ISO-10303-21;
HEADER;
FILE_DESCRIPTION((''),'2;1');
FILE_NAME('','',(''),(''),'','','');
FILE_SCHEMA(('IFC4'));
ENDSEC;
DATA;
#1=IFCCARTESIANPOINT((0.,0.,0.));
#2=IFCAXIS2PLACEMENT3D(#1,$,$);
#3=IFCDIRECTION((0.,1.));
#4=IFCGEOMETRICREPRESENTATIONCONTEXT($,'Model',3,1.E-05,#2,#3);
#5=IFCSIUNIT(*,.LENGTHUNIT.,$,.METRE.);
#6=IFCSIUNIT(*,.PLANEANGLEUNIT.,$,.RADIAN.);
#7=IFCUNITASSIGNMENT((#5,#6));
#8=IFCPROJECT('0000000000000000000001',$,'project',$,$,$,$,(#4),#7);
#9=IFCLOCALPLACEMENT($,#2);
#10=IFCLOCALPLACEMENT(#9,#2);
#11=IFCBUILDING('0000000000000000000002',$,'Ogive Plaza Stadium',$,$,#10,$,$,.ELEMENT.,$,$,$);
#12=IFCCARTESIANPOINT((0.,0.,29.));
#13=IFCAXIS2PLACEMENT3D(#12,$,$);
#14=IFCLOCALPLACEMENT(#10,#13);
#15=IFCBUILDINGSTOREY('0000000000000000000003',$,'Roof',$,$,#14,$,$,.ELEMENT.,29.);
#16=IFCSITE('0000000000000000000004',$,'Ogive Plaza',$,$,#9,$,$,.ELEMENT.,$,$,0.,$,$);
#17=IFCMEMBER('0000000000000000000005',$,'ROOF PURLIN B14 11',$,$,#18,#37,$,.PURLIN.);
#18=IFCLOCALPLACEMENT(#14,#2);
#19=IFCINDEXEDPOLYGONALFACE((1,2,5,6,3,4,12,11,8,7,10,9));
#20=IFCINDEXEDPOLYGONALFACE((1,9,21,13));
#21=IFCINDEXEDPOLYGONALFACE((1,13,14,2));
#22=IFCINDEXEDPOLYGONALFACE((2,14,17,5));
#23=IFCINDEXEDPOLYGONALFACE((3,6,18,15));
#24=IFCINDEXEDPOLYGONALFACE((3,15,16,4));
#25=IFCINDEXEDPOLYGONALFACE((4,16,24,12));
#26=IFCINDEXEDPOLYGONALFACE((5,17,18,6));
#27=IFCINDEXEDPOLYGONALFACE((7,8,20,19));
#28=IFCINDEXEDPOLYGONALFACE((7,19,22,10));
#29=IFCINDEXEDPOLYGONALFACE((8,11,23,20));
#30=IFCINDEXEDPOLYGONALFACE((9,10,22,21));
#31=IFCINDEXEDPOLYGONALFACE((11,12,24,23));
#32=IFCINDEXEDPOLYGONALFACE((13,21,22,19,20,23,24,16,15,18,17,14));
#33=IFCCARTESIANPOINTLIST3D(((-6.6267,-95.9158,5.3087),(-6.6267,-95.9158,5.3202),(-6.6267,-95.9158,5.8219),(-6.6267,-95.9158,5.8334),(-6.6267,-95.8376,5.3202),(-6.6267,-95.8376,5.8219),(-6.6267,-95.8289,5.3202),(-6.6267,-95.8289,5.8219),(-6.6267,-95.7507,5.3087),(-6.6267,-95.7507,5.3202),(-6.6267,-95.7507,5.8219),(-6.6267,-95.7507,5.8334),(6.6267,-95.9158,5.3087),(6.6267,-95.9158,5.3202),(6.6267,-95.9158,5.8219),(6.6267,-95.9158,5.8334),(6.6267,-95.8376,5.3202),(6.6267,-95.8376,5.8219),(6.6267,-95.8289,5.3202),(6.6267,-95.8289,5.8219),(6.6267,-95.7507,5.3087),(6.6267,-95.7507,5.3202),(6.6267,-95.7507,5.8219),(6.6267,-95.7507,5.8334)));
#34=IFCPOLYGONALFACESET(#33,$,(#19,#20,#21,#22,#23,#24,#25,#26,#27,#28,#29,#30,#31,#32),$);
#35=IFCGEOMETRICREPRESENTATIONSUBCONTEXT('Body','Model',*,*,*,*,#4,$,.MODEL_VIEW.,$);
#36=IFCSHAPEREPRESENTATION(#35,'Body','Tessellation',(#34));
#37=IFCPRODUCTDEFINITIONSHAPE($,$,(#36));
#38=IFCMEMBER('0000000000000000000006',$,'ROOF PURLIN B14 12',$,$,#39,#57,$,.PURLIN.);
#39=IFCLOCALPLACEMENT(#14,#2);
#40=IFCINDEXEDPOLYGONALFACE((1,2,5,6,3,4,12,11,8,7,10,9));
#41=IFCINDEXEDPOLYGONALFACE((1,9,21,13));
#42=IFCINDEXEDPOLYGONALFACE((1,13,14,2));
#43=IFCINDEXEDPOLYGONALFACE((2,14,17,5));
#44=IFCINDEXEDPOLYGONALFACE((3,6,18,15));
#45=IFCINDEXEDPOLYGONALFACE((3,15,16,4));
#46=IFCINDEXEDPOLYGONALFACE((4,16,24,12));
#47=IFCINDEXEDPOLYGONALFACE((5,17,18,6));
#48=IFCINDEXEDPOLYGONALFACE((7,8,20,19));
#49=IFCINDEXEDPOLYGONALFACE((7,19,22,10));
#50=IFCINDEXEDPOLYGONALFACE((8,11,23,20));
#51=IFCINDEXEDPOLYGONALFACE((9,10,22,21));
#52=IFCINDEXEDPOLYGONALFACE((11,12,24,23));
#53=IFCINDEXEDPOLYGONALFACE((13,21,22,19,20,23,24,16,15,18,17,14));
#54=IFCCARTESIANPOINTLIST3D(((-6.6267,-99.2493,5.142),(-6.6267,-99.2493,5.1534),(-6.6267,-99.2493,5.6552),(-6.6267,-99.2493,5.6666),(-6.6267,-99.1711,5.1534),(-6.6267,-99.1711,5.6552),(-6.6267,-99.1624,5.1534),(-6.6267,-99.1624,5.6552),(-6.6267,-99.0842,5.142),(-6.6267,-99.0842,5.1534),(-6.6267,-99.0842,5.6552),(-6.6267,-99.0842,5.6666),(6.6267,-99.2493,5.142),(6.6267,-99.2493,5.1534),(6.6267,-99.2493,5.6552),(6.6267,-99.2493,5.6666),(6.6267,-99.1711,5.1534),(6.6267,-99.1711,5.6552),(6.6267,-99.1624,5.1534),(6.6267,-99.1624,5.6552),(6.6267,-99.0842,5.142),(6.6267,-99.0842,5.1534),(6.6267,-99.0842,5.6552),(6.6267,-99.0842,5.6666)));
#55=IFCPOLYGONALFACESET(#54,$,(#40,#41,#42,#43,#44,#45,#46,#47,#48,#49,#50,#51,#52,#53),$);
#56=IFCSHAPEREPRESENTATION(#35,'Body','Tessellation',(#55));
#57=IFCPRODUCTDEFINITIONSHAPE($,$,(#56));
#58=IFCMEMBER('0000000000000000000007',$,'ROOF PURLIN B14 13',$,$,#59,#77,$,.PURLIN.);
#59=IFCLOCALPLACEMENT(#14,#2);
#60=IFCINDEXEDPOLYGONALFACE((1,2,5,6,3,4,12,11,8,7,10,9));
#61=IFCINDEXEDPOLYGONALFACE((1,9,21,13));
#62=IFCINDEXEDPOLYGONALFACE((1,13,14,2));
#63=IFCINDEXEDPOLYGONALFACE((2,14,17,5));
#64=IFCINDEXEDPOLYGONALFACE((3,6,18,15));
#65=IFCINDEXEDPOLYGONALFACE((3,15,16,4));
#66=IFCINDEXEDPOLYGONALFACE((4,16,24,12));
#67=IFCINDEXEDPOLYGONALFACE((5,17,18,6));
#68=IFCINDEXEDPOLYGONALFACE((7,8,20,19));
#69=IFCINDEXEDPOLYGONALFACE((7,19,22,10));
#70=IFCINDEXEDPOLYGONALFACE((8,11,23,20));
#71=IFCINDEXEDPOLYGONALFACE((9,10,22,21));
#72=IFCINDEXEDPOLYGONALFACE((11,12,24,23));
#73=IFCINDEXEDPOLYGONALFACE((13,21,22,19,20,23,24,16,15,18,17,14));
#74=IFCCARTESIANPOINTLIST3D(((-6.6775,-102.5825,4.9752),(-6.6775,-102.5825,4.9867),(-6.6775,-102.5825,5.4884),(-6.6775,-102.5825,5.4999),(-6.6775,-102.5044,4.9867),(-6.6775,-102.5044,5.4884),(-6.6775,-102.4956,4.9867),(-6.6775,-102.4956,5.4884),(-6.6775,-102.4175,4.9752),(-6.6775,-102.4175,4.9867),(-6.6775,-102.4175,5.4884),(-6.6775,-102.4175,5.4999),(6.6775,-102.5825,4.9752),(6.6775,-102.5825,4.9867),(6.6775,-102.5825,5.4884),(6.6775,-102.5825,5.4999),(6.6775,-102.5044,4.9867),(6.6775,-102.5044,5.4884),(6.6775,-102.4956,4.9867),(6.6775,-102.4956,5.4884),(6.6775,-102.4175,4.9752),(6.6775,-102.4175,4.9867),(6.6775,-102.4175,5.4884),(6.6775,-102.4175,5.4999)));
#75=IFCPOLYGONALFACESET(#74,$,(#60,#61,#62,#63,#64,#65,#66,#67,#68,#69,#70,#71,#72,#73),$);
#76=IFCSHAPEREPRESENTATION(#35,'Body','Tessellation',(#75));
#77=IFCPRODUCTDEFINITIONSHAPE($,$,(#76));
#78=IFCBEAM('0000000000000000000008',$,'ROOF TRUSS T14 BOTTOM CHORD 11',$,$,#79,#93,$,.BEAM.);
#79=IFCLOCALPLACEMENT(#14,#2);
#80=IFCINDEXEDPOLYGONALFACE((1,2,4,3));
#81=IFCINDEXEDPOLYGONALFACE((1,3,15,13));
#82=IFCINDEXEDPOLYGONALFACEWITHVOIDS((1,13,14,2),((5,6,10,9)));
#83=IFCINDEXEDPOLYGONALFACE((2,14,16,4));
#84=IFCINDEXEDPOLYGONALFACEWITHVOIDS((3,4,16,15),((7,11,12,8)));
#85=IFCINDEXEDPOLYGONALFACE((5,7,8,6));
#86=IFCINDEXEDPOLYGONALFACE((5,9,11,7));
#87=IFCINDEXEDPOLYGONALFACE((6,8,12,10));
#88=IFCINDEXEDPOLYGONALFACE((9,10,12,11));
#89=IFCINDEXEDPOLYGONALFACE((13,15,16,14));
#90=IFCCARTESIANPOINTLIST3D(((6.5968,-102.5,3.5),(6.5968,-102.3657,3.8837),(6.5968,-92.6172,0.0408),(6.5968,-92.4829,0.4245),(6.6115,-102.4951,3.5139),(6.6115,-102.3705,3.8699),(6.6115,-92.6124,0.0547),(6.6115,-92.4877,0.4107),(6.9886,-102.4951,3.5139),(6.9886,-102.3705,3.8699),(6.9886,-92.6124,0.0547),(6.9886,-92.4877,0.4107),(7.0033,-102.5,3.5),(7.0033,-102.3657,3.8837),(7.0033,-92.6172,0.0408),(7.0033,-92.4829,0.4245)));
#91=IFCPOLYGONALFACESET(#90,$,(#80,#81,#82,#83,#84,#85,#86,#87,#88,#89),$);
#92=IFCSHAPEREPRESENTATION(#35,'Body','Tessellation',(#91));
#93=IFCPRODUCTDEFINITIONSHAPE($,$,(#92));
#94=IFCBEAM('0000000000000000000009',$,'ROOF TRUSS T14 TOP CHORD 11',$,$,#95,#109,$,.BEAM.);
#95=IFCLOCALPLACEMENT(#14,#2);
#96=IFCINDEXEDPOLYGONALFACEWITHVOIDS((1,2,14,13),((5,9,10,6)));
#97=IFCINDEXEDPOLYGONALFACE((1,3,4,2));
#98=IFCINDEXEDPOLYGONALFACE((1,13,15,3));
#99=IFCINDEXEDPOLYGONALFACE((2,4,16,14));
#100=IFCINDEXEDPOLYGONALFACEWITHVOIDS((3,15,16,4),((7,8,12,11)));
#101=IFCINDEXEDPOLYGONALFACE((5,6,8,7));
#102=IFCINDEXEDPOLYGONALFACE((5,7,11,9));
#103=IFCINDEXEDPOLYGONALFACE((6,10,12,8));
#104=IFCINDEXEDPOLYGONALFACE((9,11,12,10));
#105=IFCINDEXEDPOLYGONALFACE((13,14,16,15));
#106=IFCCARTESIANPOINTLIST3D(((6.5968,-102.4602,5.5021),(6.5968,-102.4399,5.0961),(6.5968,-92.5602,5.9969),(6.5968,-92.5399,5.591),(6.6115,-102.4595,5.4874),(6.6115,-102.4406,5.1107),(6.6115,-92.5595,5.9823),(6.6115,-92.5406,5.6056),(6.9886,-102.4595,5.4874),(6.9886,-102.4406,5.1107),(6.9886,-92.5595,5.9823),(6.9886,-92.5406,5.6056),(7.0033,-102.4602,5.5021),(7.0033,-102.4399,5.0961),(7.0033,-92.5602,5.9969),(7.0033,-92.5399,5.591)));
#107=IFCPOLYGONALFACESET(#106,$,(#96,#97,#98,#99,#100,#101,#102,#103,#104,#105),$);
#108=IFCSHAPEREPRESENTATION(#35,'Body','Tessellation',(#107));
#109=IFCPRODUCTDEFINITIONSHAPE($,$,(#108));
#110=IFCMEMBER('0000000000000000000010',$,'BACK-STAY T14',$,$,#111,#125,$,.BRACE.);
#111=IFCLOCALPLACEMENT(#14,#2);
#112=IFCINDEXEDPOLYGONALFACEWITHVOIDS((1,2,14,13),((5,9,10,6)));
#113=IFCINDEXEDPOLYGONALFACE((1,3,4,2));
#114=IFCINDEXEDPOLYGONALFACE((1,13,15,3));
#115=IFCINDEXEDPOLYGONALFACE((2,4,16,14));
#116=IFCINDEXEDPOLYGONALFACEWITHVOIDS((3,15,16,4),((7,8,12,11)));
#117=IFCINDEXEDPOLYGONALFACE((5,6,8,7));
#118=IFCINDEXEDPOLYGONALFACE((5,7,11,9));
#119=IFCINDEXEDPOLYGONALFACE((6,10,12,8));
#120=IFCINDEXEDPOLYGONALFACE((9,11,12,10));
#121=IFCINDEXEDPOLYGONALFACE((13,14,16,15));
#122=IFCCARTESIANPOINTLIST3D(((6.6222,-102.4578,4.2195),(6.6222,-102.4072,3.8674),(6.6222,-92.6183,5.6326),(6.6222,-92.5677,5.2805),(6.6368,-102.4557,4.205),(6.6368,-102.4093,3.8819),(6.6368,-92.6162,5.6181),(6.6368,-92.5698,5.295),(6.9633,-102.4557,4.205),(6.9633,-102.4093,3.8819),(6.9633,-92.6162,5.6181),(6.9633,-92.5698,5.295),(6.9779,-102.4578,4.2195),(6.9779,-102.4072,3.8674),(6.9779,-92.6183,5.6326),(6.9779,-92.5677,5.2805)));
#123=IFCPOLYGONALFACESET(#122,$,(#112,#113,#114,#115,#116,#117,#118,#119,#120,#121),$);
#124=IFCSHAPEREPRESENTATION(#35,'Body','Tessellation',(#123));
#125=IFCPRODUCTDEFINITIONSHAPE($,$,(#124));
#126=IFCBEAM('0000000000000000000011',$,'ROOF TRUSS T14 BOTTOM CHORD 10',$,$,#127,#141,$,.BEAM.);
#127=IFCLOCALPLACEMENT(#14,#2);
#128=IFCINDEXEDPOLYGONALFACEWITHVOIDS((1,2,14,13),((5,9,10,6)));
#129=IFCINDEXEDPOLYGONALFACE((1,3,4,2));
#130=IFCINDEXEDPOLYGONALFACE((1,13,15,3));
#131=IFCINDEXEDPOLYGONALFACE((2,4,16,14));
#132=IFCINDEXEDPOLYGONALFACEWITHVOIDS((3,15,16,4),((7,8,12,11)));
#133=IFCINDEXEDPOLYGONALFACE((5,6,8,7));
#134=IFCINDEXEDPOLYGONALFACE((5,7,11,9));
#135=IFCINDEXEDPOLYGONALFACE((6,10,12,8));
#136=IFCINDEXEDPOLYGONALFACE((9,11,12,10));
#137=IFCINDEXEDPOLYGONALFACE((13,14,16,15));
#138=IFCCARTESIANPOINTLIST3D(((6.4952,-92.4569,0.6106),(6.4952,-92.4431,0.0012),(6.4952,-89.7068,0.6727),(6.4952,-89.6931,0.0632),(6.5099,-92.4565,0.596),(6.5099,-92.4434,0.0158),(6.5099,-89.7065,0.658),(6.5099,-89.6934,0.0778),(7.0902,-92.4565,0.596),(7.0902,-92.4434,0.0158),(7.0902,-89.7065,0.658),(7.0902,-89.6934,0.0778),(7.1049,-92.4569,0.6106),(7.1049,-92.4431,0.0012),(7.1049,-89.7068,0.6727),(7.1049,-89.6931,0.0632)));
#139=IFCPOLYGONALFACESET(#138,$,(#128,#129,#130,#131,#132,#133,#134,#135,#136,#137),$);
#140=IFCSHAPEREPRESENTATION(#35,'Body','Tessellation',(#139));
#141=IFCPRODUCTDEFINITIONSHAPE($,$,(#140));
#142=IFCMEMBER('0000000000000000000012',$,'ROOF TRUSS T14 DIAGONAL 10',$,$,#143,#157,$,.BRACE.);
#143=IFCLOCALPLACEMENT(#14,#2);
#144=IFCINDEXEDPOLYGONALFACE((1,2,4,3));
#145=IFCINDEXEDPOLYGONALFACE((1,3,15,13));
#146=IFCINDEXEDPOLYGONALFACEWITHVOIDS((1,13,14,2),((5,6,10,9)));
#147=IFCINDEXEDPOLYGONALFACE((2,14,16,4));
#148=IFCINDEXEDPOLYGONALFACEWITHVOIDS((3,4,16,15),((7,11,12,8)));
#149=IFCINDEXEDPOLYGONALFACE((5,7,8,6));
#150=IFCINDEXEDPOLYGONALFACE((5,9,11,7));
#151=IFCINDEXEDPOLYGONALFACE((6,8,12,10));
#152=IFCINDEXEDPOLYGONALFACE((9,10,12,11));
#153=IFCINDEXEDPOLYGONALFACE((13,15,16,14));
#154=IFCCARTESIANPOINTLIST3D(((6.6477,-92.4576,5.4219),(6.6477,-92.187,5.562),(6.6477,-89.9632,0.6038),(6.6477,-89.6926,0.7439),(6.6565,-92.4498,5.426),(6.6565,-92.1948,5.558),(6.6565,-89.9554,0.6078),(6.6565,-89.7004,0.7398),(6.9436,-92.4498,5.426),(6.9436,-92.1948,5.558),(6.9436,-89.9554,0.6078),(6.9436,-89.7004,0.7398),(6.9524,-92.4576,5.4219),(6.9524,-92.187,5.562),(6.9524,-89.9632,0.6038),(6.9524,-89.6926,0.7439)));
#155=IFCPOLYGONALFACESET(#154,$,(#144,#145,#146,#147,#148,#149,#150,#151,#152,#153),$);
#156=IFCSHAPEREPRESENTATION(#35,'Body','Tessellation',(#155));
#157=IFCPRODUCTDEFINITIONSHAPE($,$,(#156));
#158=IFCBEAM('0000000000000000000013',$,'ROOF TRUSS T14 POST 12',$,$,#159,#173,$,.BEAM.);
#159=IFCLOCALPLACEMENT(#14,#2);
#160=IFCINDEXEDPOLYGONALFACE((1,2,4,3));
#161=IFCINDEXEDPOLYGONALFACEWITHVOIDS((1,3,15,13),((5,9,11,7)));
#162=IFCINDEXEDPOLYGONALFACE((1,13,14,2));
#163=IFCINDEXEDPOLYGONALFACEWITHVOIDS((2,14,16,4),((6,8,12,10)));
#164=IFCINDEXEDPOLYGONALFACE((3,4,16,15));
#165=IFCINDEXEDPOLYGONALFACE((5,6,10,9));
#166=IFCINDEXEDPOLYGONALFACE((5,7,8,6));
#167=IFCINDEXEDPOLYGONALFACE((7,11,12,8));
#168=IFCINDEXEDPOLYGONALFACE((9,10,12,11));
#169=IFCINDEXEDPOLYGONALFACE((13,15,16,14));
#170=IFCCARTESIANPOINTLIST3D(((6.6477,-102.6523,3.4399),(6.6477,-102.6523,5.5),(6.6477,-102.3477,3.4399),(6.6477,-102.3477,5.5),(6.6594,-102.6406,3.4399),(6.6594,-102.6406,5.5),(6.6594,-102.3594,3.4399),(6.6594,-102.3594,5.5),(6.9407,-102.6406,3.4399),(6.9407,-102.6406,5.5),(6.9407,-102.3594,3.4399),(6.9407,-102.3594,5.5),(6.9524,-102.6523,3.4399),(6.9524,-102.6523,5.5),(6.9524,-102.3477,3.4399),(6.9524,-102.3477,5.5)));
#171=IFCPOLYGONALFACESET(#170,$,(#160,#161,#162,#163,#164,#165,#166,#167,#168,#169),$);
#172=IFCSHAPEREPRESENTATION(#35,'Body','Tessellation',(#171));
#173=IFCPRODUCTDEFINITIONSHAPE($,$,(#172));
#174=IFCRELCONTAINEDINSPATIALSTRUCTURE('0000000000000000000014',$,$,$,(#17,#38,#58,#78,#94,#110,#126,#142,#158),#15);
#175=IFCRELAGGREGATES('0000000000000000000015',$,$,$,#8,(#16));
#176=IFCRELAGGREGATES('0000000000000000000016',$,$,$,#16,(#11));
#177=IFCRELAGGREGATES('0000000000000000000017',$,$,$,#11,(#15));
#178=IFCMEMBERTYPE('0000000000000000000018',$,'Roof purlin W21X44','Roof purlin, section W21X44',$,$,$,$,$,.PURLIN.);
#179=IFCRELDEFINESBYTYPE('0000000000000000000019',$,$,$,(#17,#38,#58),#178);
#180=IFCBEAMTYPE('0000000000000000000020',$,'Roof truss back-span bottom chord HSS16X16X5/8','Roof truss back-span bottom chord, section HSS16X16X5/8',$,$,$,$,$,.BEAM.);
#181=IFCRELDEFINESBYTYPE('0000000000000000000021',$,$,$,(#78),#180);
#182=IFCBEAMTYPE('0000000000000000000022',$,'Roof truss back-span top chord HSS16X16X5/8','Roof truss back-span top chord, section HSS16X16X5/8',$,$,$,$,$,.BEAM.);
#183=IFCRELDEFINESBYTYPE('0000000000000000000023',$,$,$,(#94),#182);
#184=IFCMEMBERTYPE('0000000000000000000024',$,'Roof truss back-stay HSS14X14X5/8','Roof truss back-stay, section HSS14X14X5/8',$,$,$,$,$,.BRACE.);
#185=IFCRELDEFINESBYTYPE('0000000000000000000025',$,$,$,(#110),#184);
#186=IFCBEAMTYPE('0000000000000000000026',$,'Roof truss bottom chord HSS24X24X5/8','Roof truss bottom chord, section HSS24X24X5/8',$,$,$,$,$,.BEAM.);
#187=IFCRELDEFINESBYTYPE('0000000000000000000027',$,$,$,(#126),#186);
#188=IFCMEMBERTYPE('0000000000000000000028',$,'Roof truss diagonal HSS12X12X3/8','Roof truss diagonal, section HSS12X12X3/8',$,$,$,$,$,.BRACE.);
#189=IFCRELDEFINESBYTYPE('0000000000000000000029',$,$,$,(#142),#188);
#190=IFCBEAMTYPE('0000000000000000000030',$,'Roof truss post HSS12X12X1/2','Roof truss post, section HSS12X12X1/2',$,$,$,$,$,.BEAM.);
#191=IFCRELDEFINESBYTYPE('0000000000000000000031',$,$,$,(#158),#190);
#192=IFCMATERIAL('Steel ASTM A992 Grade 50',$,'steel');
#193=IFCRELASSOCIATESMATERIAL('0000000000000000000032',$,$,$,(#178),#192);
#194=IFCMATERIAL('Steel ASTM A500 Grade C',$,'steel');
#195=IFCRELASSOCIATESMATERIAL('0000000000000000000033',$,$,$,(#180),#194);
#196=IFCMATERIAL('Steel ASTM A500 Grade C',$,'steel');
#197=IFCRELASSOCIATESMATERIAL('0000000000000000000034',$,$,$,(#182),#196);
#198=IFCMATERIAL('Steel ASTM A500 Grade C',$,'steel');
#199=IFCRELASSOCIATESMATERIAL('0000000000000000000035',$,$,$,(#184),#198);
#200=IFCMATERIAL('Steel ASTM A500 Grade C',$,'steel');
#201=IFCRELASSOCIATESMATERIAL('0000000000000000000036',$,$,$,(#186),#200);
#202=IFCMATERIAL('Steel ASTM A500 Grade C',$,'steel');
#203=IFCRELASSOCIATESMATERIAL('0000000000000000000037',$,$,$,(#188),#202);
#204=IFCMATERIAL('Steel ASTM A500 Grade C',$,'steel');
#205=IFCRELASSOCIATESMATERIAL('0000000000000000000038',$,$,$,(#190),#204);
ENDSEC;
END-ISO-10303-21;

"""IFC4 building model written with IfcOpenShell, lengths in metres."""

from ifc_helpers import new_model, si_unit, direction, frame, origin, origin_2d, place, context, subcontext, project, spatial, hollow_rectangle, i_section, extrude, material, material_profile, profile_set, type_object, element, save


model = new_model("IFC4")

# Units and contexts
model_context = context("Model", 3, precision=1e-05, world=origin(), true_north=direction((0.0, 1.0)))
body_context = subcontext(model_context, "Body", "Model", "MODEL_VIEW")
ifc_project = project(units=[si_unit("LENGTHUNIT", "METRE"), si_unit("PLANEANGLEUNIT", "RADIAN")], contexts=[model_context])

# Site, building, storey
site_placement = place(None, origin())
site = spatial("IfcSite", under=ifc_project, at=site_placement, Name="Ogive Plaza", CompositionType="ELEMENT", RefElevation=0.0)
building_placement = place(site_placement, origin())
building = spatial("IfcBuilding", under=site, at=building_placement, Name="Ogive Plaza Stadium", CompositionType="ELEMENT")
storey_placement = place(building_placement, frame((0.0, 0.0, 29.0)))
storey = spatial("IfcBuildingStorey", under=building, at=storey_placement, Name="Roof", CompositionType="ELEMENT", Elevation=29.0)

# Members
ifc_material_1 = material(Name="Steel ASTM A992 Grade 50", Category="steel")
ifc_material_profile_1 = material_profile(ifc_material_1, i_section(OverallWidth=0.165, OverallDepth=0.5247, WebThickness=0.0088, FlangeThickness=0.0115, at=origin_2d()), Name="W21X44")
ifc_profile_set_1 = profile_set([ifc_material_profile_1], Name="Steel ASTM A992 Grade 50")
member_type_1 = type_object("IfcMemberType", Name="Roof purlin W21X44", Description="Roof purlin, section W21X44", PredefinedType="PURLIN", material=ifc_profile_set_1)
for number, where, z_axis, x_axis, name in (
    (1, (6.6267, -95.8333, 5.571), (-1.0, 0.0, 0.0), (0.0, -1.0, 0.0), "ROOF PURLIN B14 11"),
    (2, (6.6267, -99.1667, 5.4043), (-1.0, 0.0, 0.0), (0.0, -1.0, 0.0), "ROOF PURLIN B14 12"),
):
    element("IfcMember", number, at=place(storey_placement, frame(where, z_axis=z_axis, x_axis=x_axis)), inside=storey, type_object=member_type_1, Name=name, PredefinedType="PURLIN", context=body_context, shape_type="SweptSolid", body=[
        extrude(i_section(OverallWidth=0.165, OverallDepth=0.5247, WebThickness=0.0088, FlangeThickness=0.0115, at=origin_2d()), origin(), (0.0, 0.0, 1.0), 13.2534),
    ])
member_1_placement = place(storey_placement, frame((6.6775, -102.5, 5.2375), z_axis=(-1.0, 0.0, 0.0), x_axis=(0.0, -1.0, 0.0)))
element("IfcMember", 3, at=member_1_placement, inside=storey, type_object=member_type_1, Name="ROOF PURLIN B14 13", PredefinedType="PURLIN", context=body_context, shape_type="SweptSolid", body=[
    extrude(i_section(OverallWidth=0.165, OverallDepth=0.5247, WebThickness=0.0088, FlangeThickness=0.0115, at=origin_2d()), origin(), (0.0, 0.0, 1.0), 13.355),
])

# Beams
ifc_material_2 = material(Name="Steel ASTM A500 Grade C", Category="steel")
ifc_material_profile_2 = material_profile(ifc_material_2, hollow_rectangle(XDim=0.4065, YDim=0.4065, WallThickness=0.0146, at=origin_2d()), Name="HSS16X16X5/8")
ifc_profile_set_2 = profile_set([ifc_material_profile_2], Name="Steel ASTM A500 Grade C")
beam_type_1 = type_object("IfcBeamType", Name="Roof truss back-span bottom chord HSS16X16X5/8", Description="Roof truss back-span bottom chord, section HSS16X16X5/8", PredefinedType="BEAM", material=ifc_profile_set_2)
beam_1_placement = place(storey_placement, frame((6.8, -92.55, 0.2327), z_axis=(0.0, -0.943851, 0.330371), x_axis=(1.0, 0.0, 0.0)))
element("IfcBeam", 4, at=beam_1_placement, inside=storey, type_object=beam_type_1, Name="ROOF TRUSS T14 BOTTOM CHORD 11", PredefinedType="BEAM", context=body_context, shape_type="SweptSolid", body=[
    extrude(hollow_rectangle(XDim=0.4065, YDim=0.4065, WallThickness=0.0146, at=origin_2d()), origin(), (0.0, 0.0, 1.0), 10.4707),
])
ifc_material_3 = material(Name="Steel ASTM A500 Grade C", Category="steel")
ifc_material_profile_3 = material_profile(ifc_material_3, hollow_rectangle(XDim=0.4065, YDim=0.4065, WallThickness=0.0146, at=origin_2d()), Name="HSS16X16X5/8")
ifc_profile_set_3 = profile_set([ifc_material_profile_3], Name="Steel ASTM A500 Grade C")
beam_type_2 = type_object("IfcBeamType", Name="Roof truss back-span top chord HSS16X16X5/8", Description="Roof truss back-span top chord, section HSS16X16X5/8", PredefinedType="BEAM", material=ifc_profile_set_3)
beam_2_placement = place(storey_placement, frame((6.8, -92.55, 5.7939), z_axis=(0.0, -0.998753, -0.049925), x_axis=(1.0, 0.0, 0.0)))
element("IfcBeam", 5, at=beam_2_placement, inside=storey, type_object=beam_type_2, Name="ROOF TRUSS T14 TOP CHORD 11", PredefinedType="BEAM", context=body_context, shape_type="SweptSolid", body=[
    extrude(hollow_rectangle(XDim=0.4065, YDim=0.4065, WallThickness=0.0146, at=origin_2d()), origin(), (0.0, 0.0, 1.0), 9.9124),
])

# Member
ifc_material_4 = material(Name="Steel ASTM A500 Grade C", Category="steel")
ifc_material_profile_4 = material_profile(ifc_material_4, hollow_rectangle(XDim=0.3557, YDim=0.3557, WallThickness=0.0146, at=origin_2d()), Name="HSS14X14X5/8")
ifc_profile_set_4 = profile_set([ifc_material_profile_4], Name="Steel ASTM A500 Grade C")
member_type_2 = type_object("IfcMemberType", Name="Roof truss back-stay HSS14X14X5/8", Description="Roof truss back-stay, section HSS14X14X5/8", PredefinedType="BRACE", material=ifc_profile_set_4)
member_2_placement = place(storey_placement, frame((6.8, -92.593, 5.4565), z_axis=(0.0, -0.989844, -0.142157), x_axis=(1.0, 0.0, 0.0)))
element("IfcMember", 6, at=member_2_placement, inside=storey, type_object=member_type_2, Name="BACK-STAY T14", PredefinedType="BRACE", context=body_context, shape_type="SweptSolid", body=[
    extrude(hollow_rectangle(XDim=0.3557, YDim=0.3557, WallThickness=0.0146, at=origin_2d()), origin(), (0.0, 0.0, 1.0), 9.9404),
])

# Beam
ifc_material_5 = material(Name="Steel ASTM A500 Grade C", Category="steel")
ifc_material_profile_5 = material_profile(ifc_material_5, hollow_rectangle(XDim=0.6096, YDim=0.6096, WallThickness=0.0146, at=origin_2d()), Name="HSS24X24X5/8")
ifc_profile_set_5 = profile_set([ifc_material_profile_5], Name="Steel ASTM A500 Grade C")
beam_type_3 = type_object("IfcBeamType", Name="Roof truss bottom chord HSS24X24X5/8", Description="Roof truss bottom chord, section HSS24X24X5/8", PredefinedType="BEAM", material=ifc_profile_set_5)
beam_3_placement = place(storey_placement, frame((6.8, -89.7, 0.3679), z_axis=(0.0, -0.999746, -0.022544), x_axis=(1.0, 0.0, 0.0)))
element("IfcBeam", 7, at=beam_3_placement, inside=storey, type_object=beam_type_3, Name="ROOF TRUSS T14 BOTTOM CHORD 10", PredefinedType="BEAM", context=body_context, shape_type="SweptSolid", body=[
    extrude(hollow_rectangle(XDim=0.6096, YDim=0.6096, WallThickness=0.0146, at=origin_2d()), origin(), (0.0, 0.0, 1.0), 2.7507),
])

# Member
ifc_material_6 = material(Name="Steel ASTM A500 Grade C", Category="steel")
ifc_material_profile_6 = material_profile(ifc_material_6, hollow_rectangle(XDim=0.3047, YDim=0.3047, WallThickness=0.0088, at=origin_2d()), Name="HSS12X12X3/8")
ifc_profile_set_6 = profile_set([ifc_material_profile_6], Name="Steel ASTM A500 Grade C")
member_type_3 = type_object("IfcMemberType", Name="Roof truss diagonal HSS12X12X3/8", Description="Roof truss diagonal, section HSS12X12X3/8", PredefinedType="BRACE", material=ifc_profile_set_6)
member_3_placement = place(storey_placement, frame((6.8, -89.8279, 0.6738), z_axis=(0.0, -0.459751, 0.888048), x_axis=(1.0, 0.0, 0.0)))
element("IfcMember", 8, at=member_3_placement, inside=storey, type_object=member_type_3, Name="ROOF TRUSS T14 DIAGONAL 10", PredefinedType="BRACE", context=body_context, shape_type="SweptSolid", body=[
    extrude(hollow_rectangle(XDim=0.3047, YDim=0.3047, WallThickness=0.0088, at=origin_2d()), origin(), (0.0, 0.0, 1.0), 5.4255),
])

# Beam
ifc_material_7 = material(Name="Steel ASTM A500 Grade C", Category="steel")
ifc_material_profile_7 = material_profile(ifc_material_7, hollow_rectangle(XDim=0.3047, YDim=0.3047, WallThickness=0.0117, at=origin_2d()), Name="HSS12X12X1/2")
ifc_profile_set_7 = profile_set([ifc_material_profile_7], Name="Steel ASTM A500 Grade C")
beam_type_4 = type_object("IfcBeamType", Name="Roof truss post HSS12X12X1/2", Description="Roof truss post, section HSS12X12X1/2", PredefinedType="BEAM", material=ifc_profile_set_7)
beam_4_placement = place(storey_placement, frame((6.8, -102.5, 3.4399), z_axis=(0.0, 0.0, 1.0), x_axis=(1.0, 0.0, 0.0)))
element("IfcBeam", 9, at=beam_4_placement, inside=storey, type_object=beam_type_4, Name="ROOF TRUSS T14 POST 12", PredefinedType="BEAM", context=body_context, shape_type="SweptSolid", body=[
    extrude(hollow_rectangle(XDim=0.3047, YDim=0.3047, WallThickness=0.0117, at=origin_2d()), origin(), (0.0, 0.0, 1.0), 2.0601),
])

save(model, "model.ifc")
